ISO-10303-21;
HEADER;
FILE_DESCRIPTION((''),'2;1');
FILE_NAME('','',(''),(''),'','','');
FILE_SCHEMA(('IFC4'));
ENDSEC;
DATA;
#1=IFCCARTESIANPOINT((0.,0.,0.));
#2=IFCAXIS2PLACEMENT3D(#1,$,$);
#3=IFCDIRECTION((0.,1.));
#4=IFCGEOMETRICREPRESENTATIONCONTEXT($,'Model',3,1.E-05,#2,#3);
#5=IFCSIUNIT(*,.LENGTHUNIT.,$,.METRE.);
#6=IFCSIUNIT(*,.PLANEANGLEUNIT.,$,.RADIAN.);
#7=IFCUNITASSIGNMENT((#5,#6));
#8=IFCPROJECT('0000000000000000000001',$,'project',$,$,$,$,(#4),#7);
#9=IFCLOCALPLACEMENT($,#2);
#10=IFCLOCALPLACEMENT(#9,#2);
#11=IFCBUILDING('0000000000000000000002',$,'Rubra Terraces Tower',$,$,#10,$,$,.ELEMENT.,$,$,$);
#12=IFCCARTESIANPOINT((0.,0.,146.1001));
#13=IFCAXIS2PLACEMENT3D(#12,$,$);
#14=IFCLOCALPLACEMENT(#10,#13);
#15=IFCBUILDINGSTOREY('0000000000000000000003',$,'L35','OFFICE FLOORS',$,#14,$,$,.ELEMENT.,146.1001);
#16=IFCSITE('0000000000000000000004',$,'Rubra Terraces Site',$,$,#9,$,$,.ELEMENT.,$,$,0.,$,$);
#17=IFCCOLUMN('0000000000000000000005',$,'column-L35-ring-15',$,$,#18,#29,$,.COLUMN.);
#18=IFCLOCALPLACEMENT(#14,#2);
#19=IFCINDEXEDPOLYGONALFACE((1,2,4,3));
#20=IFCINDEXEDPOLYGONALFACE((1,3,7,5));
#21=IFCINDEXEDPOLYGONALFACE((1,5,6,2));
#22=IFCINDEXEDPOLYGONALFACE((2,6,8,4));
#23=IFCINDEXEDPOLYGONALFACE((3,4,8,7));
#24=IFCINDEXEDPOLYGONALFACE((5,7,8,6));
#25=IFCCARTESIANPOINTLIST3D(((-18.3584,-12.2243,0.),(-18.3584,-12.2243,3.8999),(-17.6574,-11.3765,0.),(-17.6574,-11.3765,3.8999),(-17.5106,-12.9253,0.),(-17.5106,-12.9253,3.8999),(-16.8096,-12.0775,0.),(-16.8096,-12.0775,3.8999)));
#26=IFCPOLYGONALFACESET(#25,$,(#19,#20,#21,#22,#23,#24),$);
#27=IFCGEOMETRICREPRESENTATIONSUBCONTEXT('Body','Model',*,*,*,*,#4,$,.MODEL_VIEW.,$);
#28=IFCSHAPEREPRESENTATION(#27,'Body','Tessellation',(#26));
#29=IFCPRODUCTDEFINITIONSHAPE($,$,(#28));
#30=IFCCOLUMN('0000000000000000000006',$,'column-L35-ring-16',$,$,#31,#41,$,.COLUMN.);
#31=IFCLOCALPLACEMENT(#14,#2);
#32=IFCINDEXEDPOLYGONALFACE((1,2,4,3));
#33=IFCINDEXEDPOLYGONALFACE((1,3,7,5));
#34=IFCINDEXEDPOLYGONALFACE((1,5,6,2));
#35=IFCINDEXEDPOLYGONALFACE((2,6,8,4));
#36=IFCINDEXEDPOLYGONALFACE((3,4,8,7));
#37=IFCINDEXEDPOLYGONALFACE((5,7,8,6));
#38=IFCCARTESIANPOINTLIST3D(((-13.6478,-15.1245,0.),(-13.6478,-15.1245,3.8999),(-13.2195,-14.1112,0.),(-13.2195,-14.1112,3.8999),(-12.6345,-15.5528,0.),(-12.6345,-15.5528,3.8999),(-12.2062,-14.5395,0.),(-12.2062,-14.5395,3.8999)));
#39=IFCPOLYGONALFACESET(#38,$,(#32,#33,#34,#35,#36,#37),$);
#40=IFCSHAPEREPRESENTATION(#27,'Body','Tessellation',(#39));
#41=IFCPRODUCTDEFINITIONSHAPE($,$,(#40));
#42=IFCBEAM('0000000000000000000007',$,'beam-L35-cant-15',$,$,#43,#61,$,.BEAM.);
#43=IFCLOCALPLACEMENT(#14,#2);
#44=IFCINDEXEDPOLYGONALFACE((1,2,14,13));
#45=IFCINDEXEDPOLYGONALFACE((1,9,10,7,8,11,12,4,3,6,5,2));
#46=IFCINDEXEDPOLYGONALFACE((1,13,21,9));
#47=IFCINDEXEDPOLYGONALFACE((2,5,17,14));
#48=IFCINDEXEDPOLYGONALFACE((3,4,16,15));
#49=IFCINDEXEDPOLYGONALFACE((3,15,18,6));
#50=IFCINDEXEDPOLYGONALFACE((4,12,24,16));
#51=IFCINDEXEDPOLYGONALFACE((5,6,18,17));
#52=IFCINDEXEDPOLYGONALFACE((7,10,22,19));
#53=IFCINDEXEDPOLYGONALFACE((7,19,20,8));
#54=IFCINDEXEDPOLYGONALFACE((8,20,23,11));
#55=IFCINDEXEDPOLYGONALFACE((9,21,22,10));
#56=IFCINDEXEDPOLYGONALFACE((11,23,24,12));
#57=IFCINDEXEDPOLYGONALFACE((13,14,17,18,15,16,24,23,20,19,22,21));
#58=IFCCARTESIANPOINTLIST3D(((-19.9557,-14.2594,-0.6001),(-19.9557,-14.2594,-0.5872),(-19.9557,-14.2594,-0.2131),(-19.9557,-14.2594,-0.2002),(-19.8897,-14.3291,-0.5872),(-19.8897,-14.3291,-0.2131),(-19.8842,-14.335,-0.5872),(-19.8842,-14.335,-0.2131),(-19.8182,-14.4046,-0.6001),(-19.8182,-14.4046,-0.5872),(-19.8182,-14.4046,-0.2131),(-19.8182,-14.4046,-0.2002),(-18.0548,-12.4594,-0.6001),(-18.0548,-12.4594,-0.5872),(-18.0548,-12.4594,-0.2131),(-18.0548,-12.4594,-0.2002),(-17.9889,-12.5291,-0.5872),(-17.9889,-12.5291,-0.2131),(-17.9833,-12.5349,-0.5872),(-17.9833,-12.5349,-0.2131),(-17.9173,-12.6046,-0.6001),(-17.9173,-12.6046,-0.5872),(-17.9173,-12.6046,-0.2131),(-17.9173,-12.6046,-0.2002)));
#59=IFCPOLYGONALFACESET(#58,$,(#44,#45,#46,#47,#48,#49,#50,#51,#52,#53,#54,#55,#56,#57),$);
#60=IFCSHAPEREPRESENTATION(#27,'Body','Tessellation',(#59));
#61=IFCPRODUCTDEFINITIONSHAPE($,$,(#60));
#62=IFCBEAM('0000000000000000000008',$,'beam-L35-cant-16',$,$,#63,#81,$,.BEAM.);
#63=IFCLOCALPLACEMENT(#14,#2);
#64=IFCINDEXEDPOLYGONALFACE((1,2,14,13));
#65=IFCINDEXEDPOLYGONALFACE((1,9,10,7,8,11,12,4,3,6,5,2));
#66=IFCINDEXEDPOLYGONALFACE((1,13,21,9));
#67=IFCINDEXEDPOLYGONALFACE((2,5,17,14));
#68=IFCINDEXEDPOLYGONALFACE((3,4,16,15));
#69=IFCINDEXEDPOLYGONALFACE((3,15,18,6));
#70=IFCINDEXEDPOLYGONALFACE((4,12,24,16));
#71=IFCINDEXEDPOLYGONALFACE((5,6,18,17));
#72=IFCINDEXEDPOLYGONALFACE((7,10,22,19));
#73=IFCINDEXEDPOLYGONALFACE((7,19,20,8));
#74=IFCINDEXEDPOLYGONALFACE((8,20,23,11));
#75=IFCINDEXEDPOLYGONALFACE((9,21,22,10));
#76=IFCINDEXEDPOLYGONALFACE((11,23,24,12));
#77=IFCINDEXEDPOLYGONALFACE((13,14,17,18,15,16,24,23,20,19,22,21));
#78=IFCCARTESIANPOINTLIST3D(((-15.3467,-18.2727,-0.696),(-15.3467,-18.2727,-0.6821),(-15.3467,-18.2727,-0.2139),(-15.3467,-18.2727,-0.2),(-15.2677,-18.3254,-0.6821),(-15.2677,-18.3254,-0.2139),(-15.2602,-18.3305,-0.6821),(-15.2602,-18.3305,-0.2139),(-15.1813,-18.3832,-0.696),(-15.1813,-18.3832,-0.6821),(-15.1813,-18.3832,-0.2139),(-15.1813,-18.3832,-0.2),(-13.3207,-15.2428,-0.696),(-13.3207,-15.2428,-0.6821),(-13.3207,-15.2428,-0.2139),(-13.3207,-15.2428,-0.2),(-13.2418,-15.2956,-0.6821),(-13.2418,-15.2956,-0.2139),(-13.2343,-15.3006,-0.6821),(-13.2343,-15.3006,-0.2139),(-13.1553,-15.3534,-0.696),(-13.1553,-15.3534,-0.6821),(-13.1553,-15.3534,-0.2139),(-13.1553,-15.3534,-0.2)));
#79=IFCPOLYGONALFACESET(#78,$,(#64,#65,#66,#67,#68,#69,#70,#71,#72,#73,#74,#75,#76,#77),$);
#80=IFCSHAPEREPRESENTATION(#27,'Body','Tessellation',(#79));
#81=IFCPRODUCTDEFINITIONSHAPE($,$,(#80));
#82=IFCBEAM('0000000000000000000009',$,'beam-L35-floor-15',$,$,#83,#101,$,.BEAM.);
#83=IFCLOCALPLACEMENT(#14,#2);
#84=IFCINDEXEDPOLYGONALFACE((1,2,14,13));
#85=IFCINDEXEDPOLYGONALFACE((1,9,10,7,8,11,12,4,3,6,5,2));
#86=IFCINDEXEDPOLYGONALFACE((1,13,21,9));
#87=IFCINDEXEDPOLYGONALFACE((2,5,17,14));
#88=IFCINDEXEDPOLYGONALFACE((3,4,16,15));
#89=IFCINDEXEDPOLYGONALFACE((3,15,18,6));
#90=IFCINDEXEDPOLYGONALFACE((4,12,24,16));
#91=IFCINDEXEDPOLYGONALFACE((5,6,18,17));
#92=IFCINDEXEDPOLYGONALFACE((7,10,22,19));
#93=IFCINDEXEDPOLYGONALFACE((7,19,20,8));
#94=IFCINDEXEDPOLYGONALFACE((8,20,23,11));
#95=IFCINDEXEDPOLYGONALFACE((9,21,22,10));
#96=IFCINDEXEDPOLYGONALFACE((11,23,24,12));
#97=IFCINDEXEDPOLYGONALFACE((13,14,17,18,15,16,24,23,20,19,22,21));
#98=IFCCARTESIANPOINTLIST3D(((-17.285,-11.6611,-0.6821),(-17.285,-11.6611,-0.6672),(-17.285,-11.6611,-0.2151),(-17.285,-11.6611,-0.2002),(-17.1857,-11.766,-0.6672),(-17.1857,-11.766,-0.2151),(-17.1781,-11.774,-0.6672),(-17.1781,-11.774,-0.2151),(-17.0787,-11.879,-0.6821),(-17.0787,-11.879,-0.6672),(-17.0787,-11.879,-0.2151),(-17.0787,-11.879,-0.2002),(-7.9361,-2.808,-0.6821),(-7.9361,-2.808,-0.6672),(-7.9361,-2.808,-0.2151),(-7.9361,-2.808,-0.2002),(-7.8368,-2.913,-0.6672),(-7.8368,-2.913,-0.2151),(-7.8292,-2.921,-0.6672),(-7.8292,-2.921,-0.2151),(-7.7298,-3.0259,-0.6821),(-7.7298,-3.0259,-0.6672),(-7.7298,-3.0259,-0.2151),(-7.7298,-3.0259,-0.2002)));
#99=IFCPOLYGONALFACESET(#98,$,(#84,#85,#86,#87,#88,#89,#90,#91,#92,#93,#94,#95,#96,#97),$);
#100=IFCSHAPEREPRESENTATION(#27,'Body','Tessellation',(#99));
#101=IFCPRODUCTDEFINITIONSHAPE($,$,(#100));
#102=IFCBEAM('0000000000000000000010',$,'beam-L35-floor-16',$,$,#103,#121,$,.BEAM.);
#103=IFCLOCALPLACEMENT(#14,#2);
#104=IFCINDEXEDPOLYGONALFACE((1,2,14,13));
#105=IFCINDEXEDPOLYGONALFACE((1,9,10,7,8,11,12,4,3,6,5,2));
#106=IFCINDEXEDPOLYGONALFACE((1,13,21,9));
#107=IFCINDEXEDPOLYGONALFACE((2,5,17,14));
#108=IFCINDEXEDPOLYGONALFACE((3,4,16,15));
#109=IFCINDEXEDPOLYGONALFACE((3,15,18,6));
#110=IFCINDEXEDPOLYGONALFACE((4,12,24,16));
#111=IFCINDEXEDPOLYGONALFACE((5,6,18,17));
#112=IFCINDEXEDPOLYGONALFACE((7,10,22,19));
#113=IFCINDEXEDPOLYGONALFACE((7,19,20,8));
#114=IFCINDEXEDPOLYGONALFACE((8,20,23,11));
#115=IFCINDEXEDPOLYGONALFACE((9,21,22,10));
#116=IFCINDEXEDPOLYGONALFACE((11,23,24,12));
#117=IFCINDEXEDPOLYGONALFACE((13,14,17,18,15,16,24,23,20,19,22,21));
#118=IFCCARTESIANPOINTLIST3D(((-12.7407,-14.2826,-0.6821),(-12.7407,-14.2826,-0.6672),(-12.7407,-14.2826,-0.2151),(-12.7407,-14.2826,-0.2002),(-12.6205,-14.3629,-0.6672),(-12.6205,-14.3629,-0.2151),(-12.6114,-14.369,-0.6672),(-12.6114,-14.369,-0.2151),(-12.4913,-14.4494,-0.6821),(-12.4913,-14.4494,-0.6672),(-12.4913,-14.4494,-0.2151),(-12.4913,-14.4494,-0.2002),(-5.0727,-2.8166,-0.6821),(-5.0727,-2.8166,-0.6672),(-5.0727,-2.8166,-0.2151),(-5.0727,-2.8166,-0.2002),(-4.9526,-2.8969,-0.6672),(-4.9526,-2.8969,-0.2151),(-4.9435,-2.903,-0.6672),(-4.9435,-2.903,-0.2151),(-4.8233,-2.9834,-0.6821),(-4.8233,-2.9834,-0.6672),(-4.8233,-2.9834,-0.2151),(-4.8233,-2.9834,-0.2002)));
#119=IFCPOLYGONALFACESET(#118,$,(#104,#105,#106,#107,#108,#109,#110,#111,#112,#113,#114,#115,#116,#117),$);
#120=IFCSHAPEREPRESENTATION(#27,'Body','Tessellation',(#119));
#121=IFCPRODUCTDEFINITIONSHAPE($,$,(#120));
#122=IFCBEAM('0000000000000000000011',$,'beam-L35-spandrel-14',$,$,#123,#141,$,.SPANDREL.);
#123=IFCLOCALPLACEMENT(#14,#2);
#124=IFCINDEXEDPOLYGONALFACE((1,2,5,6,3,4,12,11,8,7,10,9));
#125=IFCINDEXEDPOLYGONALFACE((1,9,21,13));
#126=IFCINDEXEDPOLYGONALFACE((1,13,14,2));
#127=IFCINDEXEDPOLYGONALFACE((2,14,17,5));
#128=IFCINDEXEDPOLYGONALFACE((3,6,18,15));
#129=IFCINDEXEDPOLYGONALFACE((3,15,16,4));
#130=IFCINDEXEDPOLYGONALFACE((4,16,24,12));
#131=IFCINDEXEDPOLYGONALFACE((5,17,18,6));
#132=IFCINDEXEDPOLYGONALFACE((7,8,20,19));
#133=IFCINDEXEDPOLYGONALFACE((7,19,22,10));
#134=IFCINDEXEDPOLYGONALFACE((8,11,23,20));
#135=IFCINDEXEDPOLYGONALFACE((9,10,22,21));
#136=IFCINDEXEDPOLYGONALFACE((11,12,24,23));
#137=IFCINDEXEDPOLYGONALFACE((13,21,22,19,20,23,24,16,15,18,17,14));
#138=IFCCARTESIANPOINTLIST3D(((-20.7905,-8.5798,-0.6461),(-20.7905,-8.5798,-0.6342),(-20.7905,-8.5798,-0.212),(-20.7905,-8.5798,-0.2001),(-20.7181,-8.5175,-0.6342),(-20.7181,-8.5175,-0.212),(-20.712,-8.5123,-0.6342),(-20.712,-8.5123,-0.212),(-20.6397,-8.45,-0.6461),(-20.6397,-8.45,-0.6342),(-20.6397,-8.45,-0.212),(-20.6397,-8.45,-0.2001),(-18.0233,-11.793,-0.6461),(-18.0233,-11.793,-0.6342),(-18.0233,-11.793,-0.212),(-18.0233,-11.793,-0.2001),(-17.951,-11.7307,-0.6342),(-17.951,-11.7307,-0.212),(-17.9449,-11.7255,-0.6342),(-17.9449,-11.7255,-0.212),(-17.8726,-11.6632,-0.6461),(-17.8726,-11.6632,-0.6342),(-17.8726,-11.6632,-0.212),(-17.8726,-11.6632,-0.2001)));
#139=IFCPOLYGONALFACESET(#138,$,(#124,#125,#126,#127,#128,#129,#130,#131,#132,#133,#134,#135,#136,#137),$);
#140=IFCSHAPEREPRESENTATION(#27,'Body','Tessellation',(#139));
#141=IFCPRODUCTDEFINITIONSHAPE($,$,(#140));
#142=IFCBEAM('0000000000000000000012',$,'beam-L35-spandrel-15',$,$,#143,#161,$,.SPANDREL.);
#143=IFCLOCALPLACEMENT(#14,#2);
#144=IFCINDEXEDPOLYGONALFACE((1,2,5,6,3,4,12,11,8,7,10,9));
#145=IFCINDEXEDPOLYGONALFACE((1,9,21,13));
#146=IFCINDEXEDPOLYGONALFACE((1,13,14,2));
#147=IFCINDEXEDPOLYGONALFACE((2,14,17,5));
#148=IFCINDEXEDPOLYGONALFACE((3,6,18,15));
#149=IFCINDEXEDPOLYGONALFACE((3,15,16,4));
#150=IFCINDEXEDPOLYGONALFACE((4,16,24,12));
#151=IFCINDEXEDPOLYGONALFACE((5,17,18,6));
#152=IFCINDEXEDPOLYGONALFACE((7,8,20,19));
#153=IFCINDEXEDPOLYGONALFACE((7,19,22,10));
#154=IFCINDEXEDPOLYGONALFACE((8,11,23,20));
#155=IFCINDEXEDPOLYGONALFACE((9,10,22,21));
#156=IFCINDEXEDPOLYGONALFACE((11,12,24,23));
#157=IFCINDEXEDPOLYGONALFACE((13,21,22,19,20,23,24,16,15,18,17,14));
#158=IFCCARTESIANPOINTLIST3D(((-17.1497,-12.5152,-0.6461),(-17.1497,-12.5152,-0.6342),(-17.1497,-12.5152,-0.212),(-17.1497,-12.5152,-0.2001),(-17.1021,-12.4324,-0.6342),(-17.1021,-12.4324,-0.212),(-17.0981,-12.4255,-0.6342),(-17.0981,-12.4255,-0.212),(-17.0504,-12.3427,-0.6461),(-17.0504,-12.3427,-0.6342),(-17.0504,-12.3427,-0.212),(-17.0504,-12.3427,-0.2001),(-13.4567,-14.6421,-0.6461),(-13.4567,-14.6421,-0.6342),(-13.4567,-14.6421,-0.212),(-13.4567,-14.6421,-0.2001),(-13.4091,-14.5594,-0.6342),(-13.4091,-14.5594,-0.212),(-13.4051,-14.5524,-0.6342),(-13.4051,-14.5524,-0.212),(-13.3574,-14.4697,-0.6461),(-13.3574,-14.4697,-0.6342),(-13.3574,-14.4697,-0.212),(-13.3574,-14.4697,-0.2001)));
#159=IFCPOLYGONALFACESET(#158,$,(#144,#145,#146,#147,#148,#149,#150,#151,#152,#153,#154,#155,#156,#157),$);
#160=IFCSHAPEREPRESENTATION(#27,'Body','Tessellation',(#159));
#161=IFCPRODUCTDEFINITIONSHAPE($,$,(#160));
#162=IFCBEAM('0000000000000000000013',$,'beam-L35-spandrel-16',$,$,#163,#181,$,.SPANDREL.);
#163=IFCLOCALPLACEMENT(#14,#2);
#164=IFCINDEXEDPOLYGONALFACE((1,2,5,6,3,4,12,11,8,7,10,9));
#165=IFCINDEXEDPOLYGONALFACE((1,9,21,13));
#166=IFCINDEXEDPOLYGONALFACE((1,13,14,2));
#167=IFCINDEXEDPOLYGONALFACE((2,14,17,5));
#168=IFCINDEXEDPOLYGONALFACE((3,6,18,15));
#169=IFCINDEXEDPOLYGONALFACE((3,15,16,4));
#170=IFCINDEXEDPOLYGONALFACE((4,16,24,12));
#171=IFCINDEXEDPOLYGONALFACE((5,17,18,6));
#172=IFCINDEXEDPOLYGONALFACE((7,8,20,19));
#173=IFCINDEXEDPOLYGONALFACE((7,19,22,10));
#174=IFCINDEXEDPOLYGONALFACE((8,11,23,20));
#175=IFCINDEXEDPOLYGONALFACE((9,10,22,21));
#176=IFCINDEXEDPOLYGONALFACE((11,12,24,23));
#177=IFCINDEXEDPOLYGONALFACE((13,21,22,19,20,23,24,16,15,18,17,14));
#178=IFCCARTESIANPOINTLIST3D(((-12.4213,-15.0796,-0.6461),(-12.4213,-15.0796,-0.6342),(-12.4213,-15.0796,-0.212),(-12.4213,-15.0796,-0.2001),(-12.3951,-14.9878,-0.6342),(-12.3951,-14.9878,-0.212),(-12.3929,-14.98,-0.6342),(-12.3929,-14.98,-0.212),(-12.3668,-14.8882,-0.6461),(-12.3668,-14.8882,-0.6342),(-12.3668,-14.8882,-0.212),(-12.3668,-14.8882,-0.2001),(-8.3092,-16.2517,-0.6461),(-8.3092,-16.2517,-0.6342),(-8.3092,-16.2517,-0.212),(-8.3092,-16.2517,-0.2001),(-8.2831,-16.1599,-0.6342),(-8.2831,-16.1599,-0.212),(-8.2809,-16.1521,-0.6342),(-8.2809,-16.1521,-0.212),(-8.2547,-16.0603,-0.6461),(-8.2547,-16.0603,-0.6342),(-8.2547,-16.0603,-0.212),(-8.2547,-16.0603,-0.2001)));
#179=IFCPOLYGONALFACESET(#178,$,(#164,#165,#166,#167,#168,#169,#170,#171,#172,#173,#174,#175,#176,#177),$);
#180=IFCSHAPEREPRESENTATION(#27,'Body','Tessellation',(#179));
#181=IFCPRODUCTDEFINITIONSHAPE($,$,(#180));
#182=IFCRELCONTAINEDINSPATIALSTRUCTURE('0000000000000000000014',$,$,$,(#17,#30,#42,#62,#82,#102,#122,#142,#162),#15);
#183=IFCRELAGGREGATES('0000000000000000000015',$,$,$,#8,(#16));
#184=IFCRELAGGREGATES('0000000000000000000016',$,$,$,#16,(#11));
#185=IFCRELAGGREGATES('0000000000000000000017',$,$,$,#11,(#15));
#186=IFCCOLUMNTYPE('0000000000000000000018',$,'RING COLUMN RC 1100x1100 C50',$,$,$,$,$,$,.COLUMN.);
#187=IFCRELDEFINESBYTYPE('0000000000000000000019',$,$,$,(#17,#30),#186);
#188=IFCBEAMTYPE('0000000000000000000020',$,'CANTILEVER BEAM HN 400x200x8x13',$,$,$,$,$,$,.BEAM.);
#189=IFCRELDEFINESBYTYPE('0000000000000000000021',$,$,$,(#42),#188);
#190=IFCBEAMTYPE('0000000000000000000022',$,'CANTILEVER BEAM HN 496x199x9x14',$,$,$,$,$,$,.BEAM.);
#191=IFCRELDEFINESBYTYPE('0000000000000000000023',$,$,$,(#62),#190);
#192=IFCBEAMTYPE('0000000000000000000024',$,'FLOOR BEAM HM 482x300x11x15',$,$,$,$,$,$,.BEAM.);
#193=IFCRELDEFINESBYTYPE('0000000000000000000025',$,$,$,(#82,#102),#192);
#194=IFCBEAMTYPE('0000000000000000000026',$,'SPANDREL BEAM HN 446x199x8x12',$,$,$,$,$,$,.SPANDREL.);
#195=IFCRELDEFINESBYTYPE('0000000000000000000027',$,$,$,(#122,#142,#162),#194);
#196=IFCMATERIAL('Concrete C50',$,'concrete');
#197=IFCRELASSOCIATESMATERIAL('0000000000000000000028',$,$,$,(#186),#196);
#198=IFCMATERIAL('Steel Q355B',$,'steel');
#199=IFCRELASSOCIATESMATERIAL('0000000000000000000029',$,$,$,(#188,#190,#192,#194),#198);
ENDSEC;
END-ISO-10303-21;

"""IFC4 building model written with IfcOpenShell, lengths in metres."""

from ifc_helpers import new_model, si_unit, direction, frame, origin, origin_2d, place, context, subcontext, project, spatial, rectangle, i_section, extrude, material, material_profile, profile_set, type_object, element, save


model = new_model("IFC4")

# Units and contexts
model_context = context("Model", 3, precision=1e-05, world=origin(), true_north=direction((0.0, 1.0)))
body_context = subcontext(model_context, "Body", "Model", "MODEL_VIEW")
ifc_project = project(units=[si_unit("LENGTHUNIT", "METRE"), si_unit("PLANEANGLEUNIT", "RADIAN")], contexts=[model_context])

# Site, building, storey
site_placement = place(None, origin())
site = spatial("IfcSite", under=ifc_project, at=site_placement, Name="Rubra Terraces Site", CompositionType="ELEMENT", RefElevation=0.0)
building_placement = place(site_placement, origin())
building = spatial("IfcBuilding", under=site, at=building_placement, Name="Rubra Terraces Tower", CompositionType="ELEMENT")
storey_placement = place(building_placement, frame((0.0, 0.0, 146.1001)))
storey = spatial("IfcBuildingStorey", under=building, at=storey_placement, Name="L35", Description="OFFICE FLOORS", CompositionType="ELEMENT", Elevation=146.1001)

# Columns
ifc_material_1 = material(Name="Concrete C50", Category="concrete")
ifc_material_profile_1 = material_profile(ifc_material_1, rectangle(XDim=1.1001, YDim=1.1001, at=origin_2d()), Name="RC 1100x1100")
ifc_profile_set_1 = profile_set([ifc_material_profile_1], Name="Concrete C50")
column_type = type_object("IfcColumnType", Name="RING COLUMN RC 1100x1100 C50", PredefinedType="COLUMN", material=ifc_profile_set_1)
for number, where, z_axis, x_axis, name in (
    (1, (-17.584, -12.1509, 0.0), (0.0, 0.0, 1.0), (0.770679, -0.637223, 0.0), "column-L35-ring-15"),
    (2, (-12.927, -14.832, 0.0), (0.0, 0.0, 1.0), (0.921106, -0.389313, 0.0), "column-L35-ring-16"),
):
    element("IfcColumn", number, at=place(storey_placement, frame(where, z_axis=z_axis, x_axis=x_axis)), inside=storey, type_object=column_type, Name=name, PredefinedType="COLUMN", context=body_context, shape_type="SweptSolid", body=[
        extrude(rectangle(XDim=1.1001, YDim=1.1001, at=origin_2d()), origin(), (0.0, 0.0, 1.0), 3.8999),
    ])

# Beams
ifc_material_2 = material(Name="Steel Q355B", Category="steel")
ifc_material_profile_2 = material_profile(ifc_material_2, i_section(OverallWidth=0.2, OverallDepth=0.3999, WebThickness=0.0081, FlangeThickness=0.0129, at=origin_2d()), Name="HN 400x200x8x13")
ifc_profile_set_2 = profile_set([ifc_material_profile_2], Name="Steel Q355B")
beam_type_1 = type_object("IfcBeamType", Name="CANTILEVER BEAM HN 400x200x8x13", PredefinedType="BEAM", material=ifc_profile_set_2)
beam_1_placement = place(storey_placement, frame((-17.9861, -12.532, -0.4001), z_axis=(-0.726102, -0.687587, 0.0), x_axis=(0.687587, -0.726102, 0.0)))
element("IfcBeam", 3, at=beam_1_placement, inside=storey, type_object=beam_type_1, Name="beam-L35-cant-15", PredefinedType="BEAM", context=body_context, shape_type="SweptSolid", body=[
    extrude(i_section(OverallWidth=0.2, OverallDepth=0.3999, WebThickness=0.0081, FlangeThickness=0.0129, at=origin_2d()), origin(), (0.0, 0.0, 1.0), 2.6179),
])
ifc_material_profile_3 = material_profile(ifc_material_2, i_section(OverallWidth=0.199, OverallDepth=0.4961, WebThickness=0.009, FlangeThickness=0.0139, at=origin_2d()), Name="HN 496x199x9x14")
ifc_profile_set_3 = profile_set([ifc_material_profile_3], Name="Steel Q355B")
beam_type_2 = type_object("IfcBeamType", Name="CANTILEVER BEAM HN 496x199x9x14", PredefinedType="BEAM", material=ifc_profile_set_3)
beam_2_placement = place(storey_placement, frame((-13.238, -15.2981, -0.448), z_axis=(-0.555844, -0.831287, 0.0), x_axis=(0.831287, -0.555844, 0.0)))
element("IfcBeam", 4, at=beam_2_placement, inside=storey, type_object=beam_type_2, Name="beam-L35-cant-16", PredefinedType="BEAM", context=body_context, shape_type="SweptSolid", body=[
    extrude(i_section(OverallWidth=0.199, OverallDepth=0.4961, WebThickness=0.009, FlangeThickness=0.0139, at=origin_2d()), origin(), (0.0, 0.0, 1.0), 3.6448),
])
ifc_material_profile_4 = material_profile(ifc_material_2, i_section(OverallWidth=0.3, OverallDepth=0.4819, WebThickness=0.011, FlangeThickness=0.0149, at=origin_2d()), Name="HM 482x300x11x15")
ifc_profile_set_4 = profile_set([ifc_material_profile_4], Name="Steel Q355B")
beam_type_3 = type_object("IfcBeamType", Name="FLOOR BEAM HM 482x300x11x15", PredefinedType="BEAM", material=ifc_profile_set_4)
beam_3_placement = place(storey_placement, frame((-17.1819, -11.77, -0.4412), z_axis=(0.7261, 0.687589, 0.0), x_axis=(-0.687589, 0.7261, 0.0)))
element("IfcBeam", 5, at=beam_3_placement, inside=storey, type_object=beam_type_3, Name="beam-L35-floor-15", PredefinedType="BEAM", context=body_context, shape_type="SweptSolid", body=[
    extrude(i_section(OverallWidth=0.3, OverallDepth=0.4819, WebThickness=0.011, FlangeThickness=0.0149, at=origin_2d()), origin(), (0.0, 0.0, 1.0), 12.8755),
])
beam_4_placement = place(storey_placement, frame((-12.616, -14.366, -0.4412), z_axis=(0.5559, 0.831249, 0.0), x_axis=(-0.831249, 0.5559, 0.0)))
element("IfcBeam", 6, at=beam_4_placement, inside=storey, type_object=beam_type_3, Name="beam-L35-floor-16", PredefinedType="BEAM", context=body_context, shape_type="SweptSolid", body=[
    extrude(i_section(OverallWidth=0.3, OverallDepth=0.4819, WebThickness=0.011, FlangeThickness=0.0149, at=origin_2d()), origin(), (0.0, 0.0, 1.0), 13.7937),
])
ifc_material_profile_5 = material_profile(ifc_material_2, i_section(OverallWidth=0.199, OverallDepth=0.446, WebThickness=0.0081, FlangeThickness=0.012, at=origin_2d()), Name="HN 446x199x8x12")
ifc_profile_set_5 = profile_set([ifc_material_profile_5], Name="Steel Q355B")
beam_type_4 = type_object("IfcBeamType", Name="SPANDREL BEAM HN 446x199x8x12", PredefinedType="SPANDREL", material=ifc_profile_set_5)
beam_5_placement = place(storey_placement, frame((-20.7151, -8.5149, -0.4231), z_axis=(0.652553, -0.757743, 0.0), x_axis=(0.757743, 0.652553, 0.0)))
element("IfcBeam", 7, at=beam_5_placement, inside=storey, type_object=beam_type_4, Name="beam-L35-spandrel-14", PredefinedType="SPANDREL", context=body_context, shape_type="SweptSolid", body=[
    extrude(i_section(OverallWidth=0.199, OverallDepth=0.446, WebThickness=0.0081, FlangeThickness=0.012, at=origin_2d()), origin(), (0.0, 0.0, 1.0), 4.2405),
])
beam_6_placement = place(storey_placement, frame((-17.1001, -12.429, -0.4231), z_axis=(0.86656, -0.499073, 0.0), x_axis=(0.499073, 0.86656, 0.0)))
element("IfcBeam", 8, at=beam_6_placement, inside=storey, type_object=beam_type_4, Name="beam-L35-spandrel-15", PredefinedType="SPANDREL", context=body_context, shape_type="SweptSolid", body=[
    extrude(i_section(OverallWidth=0.199, OverallDepth=0.446, WebThickness=0.0081, FlangeThickness=0.012, at=origin_2d()), origin(), (0.0, 0.0, 1.0), 4.2617),
])
beam_7_placement = place(storey_placement, frame((-12.394, -14.9839, -0.4231), z_axis=(0.961694, -0.274125, 0.0), x_axis=(0.274125, 0.961694, 0.0)))
element("IfcBeam", 9, at=beam_7_placement, inside=storey, type_object=beam_type_4, Name="beam-L35-spandrel-16", PredefinedType="SPANDREL", context=body_context, shape_type="SweptSolid", body=[
    extrude(i_section(OverallWidth=0.199, OverallDepth=0.446, WebThickness=0.0081, FlangeThickness=0.012, at=origin_2d()), origin(), (0.0, 0.0, 1.0), 4.2759),
])

save(model, "model.ifc")
